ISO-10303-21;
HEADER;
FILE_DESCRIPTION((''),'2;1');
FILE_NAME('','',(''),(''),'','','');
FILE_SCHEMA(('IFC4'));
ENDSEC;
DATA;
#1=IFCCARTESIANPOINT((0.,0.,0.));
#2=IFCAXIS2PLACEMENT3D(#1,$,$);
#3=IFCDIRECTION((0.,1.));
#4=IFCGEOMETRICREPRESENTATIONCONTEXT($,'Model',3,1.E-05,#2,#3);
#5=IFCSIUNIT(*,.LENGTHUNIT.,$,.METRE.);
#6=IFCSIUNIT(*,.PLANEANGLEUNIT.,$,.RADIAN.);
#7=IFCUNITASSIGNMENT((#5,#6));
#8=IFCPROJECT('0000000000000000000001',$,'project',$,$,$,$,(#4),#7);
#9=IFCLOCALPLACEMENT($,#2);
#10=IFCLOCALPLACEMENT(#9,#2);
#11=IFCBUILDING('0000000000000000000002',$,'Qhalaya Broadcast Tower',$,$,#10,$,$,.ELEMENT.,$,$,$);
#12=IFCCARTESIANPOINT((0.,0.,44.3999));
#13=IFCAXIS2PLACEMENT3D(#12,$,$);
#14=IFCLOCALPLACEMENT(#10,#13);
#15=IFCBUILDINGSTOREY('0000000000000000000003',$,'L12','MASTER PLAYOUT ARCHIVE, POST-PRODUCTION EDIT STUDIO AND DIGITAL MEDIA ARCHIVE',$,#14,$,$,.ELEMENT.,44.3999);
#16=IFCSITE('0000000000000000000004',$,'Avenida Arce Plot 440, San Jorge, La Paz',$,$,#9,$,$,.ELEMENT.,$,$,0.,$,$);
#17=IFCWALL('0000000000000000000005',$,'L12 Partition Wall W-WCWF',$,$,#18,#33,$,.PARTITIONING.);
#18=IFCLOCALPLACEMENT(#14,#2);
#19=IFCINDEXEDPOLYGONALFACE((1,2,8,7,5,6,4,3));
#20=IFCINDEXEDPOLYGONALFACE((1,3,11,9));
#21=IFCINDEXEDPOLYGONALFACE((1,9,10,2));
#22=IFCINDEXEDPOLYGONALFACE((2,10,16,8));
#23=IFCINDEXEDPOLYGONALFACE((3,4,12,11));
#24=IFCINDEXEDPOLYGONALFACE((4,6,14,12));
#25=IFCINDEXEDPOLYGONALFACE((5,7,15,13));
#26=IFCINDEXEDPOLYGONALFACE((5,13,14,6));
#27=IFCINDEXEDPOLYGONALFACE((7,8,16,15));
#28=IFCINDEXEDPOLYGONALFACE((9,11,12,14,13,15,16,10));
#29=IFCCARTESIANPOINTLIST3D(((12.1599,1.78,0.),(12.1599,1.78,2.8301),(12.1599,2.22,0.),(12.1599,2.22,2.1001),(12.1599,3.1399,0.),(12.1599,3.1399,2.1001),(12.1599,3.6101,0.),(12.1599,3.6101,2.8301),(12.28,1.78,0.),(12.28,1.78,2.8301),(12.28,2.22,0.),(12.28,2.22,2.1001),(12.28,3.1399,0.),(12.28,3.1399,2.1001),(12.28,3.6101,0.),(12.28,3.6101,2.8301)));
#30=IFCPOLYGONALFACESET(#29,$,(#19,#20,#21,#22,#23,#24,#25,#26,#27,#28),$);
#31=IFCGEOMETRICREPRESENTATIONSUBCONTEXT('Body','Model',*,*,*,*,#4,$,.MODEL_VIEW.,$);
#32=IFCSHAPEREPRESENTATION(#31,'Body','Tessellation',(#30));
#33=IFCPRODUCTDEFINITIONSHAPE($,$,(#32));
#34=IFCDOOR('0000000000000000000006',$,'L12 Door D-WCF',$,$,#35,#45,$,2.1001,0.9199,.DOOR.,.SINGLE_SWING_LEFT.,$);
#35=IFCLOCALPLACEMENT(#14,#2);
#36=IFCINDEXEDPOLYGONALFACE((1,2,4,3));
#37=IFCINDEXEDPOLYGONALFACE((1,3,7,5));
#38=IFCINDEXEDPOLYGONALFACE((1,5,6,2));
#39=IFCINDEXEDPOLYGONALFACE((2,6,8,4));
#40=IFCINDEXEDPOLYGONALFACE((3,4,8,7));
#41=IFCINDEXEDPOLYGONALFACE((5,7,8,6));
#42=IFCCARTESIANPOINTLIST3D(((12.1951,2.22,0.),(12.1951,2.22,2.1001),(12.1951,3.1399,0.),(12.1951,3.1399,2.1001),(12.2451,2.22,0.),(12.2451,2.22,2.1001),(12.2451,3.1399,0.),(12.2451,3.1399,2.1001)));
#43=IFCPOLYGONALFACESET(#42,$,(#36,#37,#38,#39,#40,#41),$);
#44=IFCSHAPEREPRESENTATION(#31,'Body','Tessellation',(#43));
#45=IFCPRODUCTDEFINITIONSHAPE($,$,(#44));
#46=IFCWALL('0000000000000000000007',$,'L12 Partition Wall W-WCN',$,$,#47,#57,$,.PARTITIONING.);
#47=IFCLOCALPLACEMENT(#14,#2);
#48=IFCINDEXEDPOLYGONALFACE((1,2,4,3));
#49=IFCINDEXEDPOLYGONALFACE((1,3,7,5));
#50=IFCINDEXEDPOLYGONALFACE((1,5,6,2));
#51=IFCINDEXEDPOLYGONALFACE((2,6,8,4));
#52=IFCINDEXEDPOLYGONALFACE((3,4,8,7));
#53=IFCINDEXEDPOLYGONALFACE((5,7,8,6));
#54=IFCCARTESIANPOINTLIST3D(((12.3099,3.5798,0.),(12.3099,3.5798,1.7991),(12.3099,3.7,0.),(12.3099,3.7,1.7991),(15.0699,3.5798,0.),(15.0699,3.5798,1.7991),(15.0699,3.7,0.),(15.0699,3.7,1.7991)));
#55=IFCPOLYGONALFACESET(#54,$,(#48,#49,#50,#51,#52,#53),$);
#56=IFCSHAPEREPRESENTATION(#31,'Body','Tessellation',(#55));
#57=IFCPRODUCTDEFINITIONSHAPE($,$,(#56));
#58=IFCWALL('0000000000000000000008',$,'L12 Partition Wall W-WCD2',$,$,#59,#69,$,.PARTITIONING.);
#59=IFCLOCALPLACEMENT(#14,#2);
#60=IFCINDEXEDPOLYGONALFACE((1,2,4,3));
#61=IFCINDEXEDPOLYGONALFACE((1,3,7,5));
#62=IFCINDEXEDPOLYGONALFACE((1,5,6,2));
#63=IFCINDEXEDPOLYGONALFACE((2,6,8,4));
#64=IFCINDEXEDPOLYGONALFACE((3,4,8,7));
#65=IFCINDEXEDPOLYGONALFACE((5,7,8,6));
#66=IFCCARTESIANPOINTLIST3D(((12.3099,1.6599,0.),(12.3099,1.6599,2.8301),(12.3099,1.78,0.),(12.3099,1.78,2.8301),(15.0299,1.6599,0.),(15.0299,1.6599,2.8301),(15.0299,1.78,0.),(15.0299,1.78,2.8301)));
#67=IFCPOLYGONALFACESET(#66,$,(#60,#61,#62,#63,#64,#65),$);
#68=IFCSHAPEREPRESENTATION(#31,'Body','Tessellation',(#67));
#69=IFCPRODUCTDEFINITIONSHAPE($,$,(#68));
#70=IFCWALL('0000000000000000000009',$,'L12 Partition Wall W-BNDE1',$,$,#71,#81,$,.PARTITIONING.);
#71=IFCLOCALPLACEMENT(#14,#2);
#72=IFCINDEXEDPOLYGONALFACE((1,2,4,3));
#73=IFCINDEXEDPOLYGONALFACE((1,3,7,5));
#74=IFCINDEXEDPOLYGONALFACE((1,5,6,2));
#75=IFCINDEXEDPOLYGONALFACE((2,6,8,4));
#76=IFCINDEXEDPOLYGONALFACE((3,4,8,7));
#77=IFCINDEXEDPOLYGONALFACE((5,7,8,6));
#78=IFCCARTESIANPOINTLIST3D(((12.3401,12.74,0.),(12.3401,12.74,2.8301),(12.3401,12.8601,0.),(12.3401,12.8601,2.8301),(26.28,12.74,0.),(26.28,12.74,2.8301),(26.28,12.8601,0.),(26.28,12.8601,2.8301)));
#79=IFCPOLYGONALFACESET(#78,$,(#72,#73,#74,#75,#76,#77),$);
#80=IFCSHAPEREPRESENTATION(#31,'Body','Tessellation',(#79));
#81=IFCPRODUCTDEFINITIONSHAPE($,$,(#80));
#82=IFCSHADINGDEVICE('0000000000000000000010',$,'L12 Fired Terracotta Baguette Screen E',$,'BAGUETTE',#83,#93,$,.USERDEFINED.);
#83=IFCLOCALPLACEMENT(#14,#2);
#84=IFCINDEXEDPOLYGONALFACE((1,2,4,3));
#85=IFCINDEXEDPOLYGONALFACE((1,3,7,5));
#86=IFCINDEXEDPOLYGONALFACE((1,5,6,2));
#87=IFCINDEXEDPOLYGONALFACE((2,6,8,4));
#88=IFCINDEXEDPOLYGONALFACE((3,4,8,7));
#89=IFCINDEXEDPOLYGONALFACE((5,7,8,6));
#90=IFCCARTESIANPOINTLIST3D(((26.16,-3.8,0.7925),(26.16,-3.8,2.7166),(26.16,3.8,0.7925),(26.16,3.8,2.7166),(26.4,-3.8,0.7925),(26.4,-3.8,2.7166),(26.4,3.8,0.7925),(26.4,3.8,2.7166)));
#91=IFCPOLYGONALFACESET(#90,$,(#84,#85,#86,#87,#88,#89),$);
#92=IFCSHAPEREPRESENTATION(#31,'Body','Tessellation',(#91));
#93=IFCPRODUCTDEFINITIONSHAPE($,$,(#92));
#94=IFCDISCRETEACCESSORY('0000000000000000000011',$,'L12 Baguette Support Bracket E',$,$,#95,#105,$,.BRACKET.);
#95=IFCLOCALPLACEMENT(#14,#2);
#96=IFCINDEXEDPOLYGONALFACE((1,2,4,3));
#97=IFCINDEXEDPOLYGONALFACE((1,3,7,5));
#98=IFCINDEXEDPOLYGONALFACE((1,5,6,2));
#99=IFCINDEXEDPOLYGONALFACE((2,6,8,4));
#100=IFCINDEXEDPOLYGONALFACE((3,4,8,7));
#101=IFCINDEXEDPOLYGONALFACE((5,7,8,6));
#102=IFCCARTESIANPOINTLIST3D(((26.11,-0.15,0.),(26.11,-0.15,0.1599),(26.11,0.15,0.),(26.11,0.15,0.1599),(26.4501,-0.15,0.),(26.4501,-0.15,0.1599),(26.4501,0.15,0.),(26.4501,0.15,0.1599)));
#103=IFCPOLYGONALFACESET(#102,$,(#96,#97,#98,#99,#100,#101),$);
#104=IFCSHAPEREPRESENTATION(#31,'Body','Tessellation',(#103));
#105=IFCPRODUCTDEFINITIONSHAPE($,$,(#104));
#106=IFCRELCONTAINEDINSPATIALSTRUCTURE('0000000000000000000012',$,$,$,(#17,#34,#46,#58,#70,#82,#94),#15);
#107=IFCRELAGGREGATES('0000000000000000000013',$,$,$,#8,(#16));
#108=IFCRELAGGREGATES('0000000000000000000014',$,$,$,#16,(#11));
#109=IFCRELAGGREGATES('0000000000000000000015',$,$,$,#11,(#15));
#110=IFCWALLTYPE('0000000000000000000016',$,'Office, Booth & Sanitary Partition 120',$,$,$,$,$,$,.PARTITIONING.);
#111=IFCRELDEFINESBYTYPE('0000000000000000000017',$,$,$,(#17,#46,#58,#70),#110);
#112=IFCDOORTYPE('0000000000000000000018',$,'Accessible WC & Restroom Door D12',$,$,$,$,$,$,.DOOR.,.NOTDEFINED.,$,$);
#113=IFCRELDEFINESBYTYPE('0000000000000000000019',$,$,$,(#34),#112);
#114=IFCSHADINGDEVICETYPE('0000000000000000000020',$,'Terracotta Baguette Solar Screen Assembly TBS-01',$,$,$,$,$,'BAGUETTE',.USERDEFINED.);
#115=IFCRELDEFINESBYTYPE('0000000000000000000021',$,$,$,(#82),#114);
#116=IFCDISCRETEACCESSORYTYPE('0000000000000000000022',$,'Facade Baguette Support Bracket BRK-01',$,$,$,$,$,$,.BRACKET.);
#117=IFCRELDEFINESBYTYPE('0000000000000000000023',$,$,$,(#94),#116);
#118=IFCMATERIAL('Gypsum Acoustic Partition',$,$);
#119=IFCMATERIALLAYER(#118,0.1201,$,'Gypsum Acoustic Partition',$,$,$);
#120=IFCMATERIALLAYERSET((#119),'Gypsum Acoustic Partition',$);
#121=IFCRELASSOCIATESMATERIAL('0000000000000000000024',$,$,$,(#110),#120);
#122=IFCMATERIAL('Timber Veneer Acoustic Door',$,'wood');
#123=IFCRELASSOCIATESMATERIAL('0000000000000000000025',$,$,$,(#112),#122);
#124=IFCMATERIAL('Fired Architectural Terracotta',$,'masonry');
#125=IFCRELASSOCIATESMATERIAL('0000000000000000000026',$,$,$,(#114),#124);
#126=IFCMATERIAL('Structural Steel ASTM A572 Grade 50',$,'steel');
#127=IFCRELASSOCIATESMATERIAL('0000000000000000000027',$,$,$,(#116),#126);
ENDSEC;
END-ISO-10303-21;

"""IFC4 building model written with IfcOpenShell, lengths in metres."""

from ifc_helpers import new_model, si_unit, direction, frame, frame_2d, origin, origin_2d, place, context, subcontext, project, spatial, rectangle, extrude, material, layer, layer_set, type_object, element, fill, save


model = new_model("IFC4")

# Units and contexts
model_context = context("Model", 3, precision=1e-05, world=origin(), true_north=direction((0.0, 1.0)))
body_context = subcontext(model_context, "Body", "Model", "MODEL_VIEW")
ifc_project = project(units=[si_unit("LENGTHUNIT", "METRE"), si_unit("PLANEANGLEUNIT", "RADIAN")], contexts=[model_context])

# Site, building, storey
site_placement = place(None, origin())
site = spatial("IfcSite", under=ifc_project, at=site_placement, Name="Avenida Arce Plot 440, San Jorge, La Paz", CompositionType="ELEMENT", RefElevation=0.0)
building_placement = place(site_placement, origin())
building = spatial("IfcBuilding", under=site, at=building_placement, Name="Qhalaya Broadcast Tower", CompositionType="ELEMENT")
storey_placement = place(building_placement, frame((0.0, 0.0, 44.3999)))
storey = spatial("IfcBuildingStorey", under=building, at=storey_placement, Name="L12", Description="MASTER PLAYOUT ARCHIVE, POST-PRODUCTION EDIT STUDIO AND DIGITAL MEDIA ARCHIVE", CompositionType="ELEMENT", Elevation=44.3999)

# Shared definitions
ifc_material_1 = material(Name="Structural Steel ASTM A572 Grade 50", Category="steel")

# Shared definitions
ifc_material_2 = material(Name="Gypsum Acoustic Partition")
ifc_material_3 = material(Name="Timber Veneer Acoustic Door", Category="wood")

# Wall, opening, door
ifc_layer_1 = layer(ifc_material_2, 0.1201, Name="Gypsum Acoustic Partition")
ifc_layer_set_1 = layer_set([ifc_layer_1], Name="Gypsum Acoustic Partition")
wall_type_1 = type_object("IfcWallType", Name="Office, Booth & Sanitary Partition 120", PredefinedType="PARTITIONING", material=ifc_layer_set_1)
wall_1_placement = place(storey_placement, frame((12.22, 1.78, 0.0), z_axis=(0.0, 0.0, 1.0), x_axis=(0.0, 1.0, 0.0)))
wall_1 = element("IfcWall", 1, at=wall_1_placement, inside=storey, type_object=wall_type_1, Name="L12 Partition Wall W-WCWF", PredefinedType="PARTITIONING", context=body_context, shape_type="SweptSolid", body=[
    extrude(rectangle(XDim=1.8301, YDim=0.1201, at=frame_2d((0.915, 0.0))), origin(), (0.0, 0.0, 1.0), 2.8301),
])
opening_1_placement = place(wall_1_placement, frame((0.4399, 0.0, 0.0)))
opening_1 = element("IfcOpeningElement", 2, at=opening_1_placement, cuts=wall_1, PredefinedType="OPENING", context=body_context, shape_type="SweptSolid", body=[
    extrude(rectangle(XDim=0.9199, YDim=2.1001, at=frame_2d((0.46, 1.05))), frame((0.0, 0.072, 0.0), z_axis=(0.0, -1.0, 0.0), x_axis=(1.0, 0.0, 0.0)), (0.0, 0.0, 1.0), 0.144),
])
door_type_1 = type_object("IfcDoorType", Name="Accessible WC & Restroom Door D12", OperationType="NOTDEFINED", PredefinedType="DOOR", material=ifc_material_3)
door_1_placement = place(opening_1_placement, origin())
door_1 = element("IfcDoor", 3, at=door_1_placement, inside=storey, type_object=door_type_1, Name="L12 Door D-WCF", OperationType="SINGLE_SWING_LEFT", OverallHeight=2.1001, OverallWidth=0.9199, PredefinedType="DOOR", context=body_context, shape_type="SweptSolid", body=[
    extrude(rectangle(XDim=0.9199, YDim=2.1001, at=frame_2d((0.46, 1.05))), frame((0.0, 0.0249, 0.0), z_axis=(0.0, -1.0, 0.0), x_axis=(1.0, 0.0, 0.0)), (0.0, 0.0, 1.0), 0.05),
])
fill(opening_1, door_1)

# Walls
wall_2_placement = place(storey_placement, frame((12.3101, 3.6399, 0.0), z_axis=(0.0, 0.0, 1.0), x_axis=(1.0, 0.0, 0.0)))
element("IfcWall", 4, at=wall_2_placement, inside=storey, type_object=wall_type_1, Name="L12 Partition Wall W-WCN", PredefinedType="PARTITIONING", context=body_context, shape_type="SweptSolid", body=[
    extrude(rectangle(XDim=2.76, YDim=0.1201, at=frame_2d((1.3799, 0.0))), origin(), (0.0, 0.0, 1.0), 1.7991),
])
wall_3_placement = place(storey_placement, frame((12.3101, 1.72, 0.0), z_axis=(0.0, 0.0, 1.0), x_axis=(1.0, 0.0, 0.0)))
element("IfcWall", 5, at=wall_3_placement, inside=storey, type_object=wall_type_1, Name="L12 Partition Wall W-WCD2", PredefinedType="PARTITIONING", context=body_context, shape_type="SweptSolid", body=[
    extrude(rectangle(XDim=2.72, YDim=0.1201, at=frame_2d((1.3599, 0.0))), origin(), (0.0, 0.0, 1.0), 2.8301),
])
wall_4_placement = place(storey_placement, frame((12.3401, 12.8, 0.0), z_axis=(0.0, 0.0, 1.0), x_axis=(1.0, 0.0, 0.0)))
element("IfcWall", 6, at=wall_4_placement, inside=storey, type_object=wall_type_1, Name="L12 Partition Wall W-BNDE1", PredefinedType="PARTITIONING", context=body_context, shape_type="SweptSolid", body=[
    extrude(rectangle(XDim=13.9399, YDim=0.1201, at=frame_2d((6.97, 0.0))), origin(), (0.0, 0.0, 1.0), 2.8301),
])

# Shading device
ifc_material_4 = material(Name="Fired Architectural Terracotta", Category="masonry")
shading_device_type = type_object("IfcShadingDeviceType", Name="Terracotta Baguette Solar Screen Assembly TBS-01", ElementType="BAGUETTE", PredefinedType="USERDEFINED", material=ifc_material_4)
shading_device_placement = place(storey_placement, frame((26.28, 0.0, 0.7925), z_axis=(0.0, 0.0, 1.0), x_axis=(0.0, 1.0, 0.0)))
element("IfcShadingDevice", 7, at=shading_device_placement, inside=storey, type_object=shading_device_type, Name="L12 Fired Terracotta Baguette Screen E", ObjectType="BAGUETTE", PredefinedType="USERDEFINED", context=body_context, shape_type="SweptSolid", body=[
    extrude(rectangle(XDim=7.6001, YDim=0.24, at=origin_2d()), origin(), (0.0, 0.0, 1.0), 1.9241),
])

# Discrete accessory
discrete_accessory_type = type_object("IfcDiscreteAccessoryType", Name="Facade Baguette Support Bracket BRK-01", PredefinedType="BRACKET", material=ifc_material_1)
discrete_accessory_placement = place(storey_placement, frame((26.28, 0.0, 0.0), z_axis=(0.0, 0.0, 1.0), x_axis=(0.0, 1.0, 0.0)))
element("IfcDiscreteAccessory", 8, at=discrete_accessory_placement, inside=storey, type_object=discrete_accessory_type, Name="L12 Baguette Support Bracket E", PredefinedType="BRACKET", context=body_context, shape_type="SweptSolid", body=[
    extrude(rectangle(XDim=0.3, YDim=0.3401, at=origin_2d()), origin(), (0.0, 0.0, 1.0), 0.1599),
])

save(model, "model.ifc")
